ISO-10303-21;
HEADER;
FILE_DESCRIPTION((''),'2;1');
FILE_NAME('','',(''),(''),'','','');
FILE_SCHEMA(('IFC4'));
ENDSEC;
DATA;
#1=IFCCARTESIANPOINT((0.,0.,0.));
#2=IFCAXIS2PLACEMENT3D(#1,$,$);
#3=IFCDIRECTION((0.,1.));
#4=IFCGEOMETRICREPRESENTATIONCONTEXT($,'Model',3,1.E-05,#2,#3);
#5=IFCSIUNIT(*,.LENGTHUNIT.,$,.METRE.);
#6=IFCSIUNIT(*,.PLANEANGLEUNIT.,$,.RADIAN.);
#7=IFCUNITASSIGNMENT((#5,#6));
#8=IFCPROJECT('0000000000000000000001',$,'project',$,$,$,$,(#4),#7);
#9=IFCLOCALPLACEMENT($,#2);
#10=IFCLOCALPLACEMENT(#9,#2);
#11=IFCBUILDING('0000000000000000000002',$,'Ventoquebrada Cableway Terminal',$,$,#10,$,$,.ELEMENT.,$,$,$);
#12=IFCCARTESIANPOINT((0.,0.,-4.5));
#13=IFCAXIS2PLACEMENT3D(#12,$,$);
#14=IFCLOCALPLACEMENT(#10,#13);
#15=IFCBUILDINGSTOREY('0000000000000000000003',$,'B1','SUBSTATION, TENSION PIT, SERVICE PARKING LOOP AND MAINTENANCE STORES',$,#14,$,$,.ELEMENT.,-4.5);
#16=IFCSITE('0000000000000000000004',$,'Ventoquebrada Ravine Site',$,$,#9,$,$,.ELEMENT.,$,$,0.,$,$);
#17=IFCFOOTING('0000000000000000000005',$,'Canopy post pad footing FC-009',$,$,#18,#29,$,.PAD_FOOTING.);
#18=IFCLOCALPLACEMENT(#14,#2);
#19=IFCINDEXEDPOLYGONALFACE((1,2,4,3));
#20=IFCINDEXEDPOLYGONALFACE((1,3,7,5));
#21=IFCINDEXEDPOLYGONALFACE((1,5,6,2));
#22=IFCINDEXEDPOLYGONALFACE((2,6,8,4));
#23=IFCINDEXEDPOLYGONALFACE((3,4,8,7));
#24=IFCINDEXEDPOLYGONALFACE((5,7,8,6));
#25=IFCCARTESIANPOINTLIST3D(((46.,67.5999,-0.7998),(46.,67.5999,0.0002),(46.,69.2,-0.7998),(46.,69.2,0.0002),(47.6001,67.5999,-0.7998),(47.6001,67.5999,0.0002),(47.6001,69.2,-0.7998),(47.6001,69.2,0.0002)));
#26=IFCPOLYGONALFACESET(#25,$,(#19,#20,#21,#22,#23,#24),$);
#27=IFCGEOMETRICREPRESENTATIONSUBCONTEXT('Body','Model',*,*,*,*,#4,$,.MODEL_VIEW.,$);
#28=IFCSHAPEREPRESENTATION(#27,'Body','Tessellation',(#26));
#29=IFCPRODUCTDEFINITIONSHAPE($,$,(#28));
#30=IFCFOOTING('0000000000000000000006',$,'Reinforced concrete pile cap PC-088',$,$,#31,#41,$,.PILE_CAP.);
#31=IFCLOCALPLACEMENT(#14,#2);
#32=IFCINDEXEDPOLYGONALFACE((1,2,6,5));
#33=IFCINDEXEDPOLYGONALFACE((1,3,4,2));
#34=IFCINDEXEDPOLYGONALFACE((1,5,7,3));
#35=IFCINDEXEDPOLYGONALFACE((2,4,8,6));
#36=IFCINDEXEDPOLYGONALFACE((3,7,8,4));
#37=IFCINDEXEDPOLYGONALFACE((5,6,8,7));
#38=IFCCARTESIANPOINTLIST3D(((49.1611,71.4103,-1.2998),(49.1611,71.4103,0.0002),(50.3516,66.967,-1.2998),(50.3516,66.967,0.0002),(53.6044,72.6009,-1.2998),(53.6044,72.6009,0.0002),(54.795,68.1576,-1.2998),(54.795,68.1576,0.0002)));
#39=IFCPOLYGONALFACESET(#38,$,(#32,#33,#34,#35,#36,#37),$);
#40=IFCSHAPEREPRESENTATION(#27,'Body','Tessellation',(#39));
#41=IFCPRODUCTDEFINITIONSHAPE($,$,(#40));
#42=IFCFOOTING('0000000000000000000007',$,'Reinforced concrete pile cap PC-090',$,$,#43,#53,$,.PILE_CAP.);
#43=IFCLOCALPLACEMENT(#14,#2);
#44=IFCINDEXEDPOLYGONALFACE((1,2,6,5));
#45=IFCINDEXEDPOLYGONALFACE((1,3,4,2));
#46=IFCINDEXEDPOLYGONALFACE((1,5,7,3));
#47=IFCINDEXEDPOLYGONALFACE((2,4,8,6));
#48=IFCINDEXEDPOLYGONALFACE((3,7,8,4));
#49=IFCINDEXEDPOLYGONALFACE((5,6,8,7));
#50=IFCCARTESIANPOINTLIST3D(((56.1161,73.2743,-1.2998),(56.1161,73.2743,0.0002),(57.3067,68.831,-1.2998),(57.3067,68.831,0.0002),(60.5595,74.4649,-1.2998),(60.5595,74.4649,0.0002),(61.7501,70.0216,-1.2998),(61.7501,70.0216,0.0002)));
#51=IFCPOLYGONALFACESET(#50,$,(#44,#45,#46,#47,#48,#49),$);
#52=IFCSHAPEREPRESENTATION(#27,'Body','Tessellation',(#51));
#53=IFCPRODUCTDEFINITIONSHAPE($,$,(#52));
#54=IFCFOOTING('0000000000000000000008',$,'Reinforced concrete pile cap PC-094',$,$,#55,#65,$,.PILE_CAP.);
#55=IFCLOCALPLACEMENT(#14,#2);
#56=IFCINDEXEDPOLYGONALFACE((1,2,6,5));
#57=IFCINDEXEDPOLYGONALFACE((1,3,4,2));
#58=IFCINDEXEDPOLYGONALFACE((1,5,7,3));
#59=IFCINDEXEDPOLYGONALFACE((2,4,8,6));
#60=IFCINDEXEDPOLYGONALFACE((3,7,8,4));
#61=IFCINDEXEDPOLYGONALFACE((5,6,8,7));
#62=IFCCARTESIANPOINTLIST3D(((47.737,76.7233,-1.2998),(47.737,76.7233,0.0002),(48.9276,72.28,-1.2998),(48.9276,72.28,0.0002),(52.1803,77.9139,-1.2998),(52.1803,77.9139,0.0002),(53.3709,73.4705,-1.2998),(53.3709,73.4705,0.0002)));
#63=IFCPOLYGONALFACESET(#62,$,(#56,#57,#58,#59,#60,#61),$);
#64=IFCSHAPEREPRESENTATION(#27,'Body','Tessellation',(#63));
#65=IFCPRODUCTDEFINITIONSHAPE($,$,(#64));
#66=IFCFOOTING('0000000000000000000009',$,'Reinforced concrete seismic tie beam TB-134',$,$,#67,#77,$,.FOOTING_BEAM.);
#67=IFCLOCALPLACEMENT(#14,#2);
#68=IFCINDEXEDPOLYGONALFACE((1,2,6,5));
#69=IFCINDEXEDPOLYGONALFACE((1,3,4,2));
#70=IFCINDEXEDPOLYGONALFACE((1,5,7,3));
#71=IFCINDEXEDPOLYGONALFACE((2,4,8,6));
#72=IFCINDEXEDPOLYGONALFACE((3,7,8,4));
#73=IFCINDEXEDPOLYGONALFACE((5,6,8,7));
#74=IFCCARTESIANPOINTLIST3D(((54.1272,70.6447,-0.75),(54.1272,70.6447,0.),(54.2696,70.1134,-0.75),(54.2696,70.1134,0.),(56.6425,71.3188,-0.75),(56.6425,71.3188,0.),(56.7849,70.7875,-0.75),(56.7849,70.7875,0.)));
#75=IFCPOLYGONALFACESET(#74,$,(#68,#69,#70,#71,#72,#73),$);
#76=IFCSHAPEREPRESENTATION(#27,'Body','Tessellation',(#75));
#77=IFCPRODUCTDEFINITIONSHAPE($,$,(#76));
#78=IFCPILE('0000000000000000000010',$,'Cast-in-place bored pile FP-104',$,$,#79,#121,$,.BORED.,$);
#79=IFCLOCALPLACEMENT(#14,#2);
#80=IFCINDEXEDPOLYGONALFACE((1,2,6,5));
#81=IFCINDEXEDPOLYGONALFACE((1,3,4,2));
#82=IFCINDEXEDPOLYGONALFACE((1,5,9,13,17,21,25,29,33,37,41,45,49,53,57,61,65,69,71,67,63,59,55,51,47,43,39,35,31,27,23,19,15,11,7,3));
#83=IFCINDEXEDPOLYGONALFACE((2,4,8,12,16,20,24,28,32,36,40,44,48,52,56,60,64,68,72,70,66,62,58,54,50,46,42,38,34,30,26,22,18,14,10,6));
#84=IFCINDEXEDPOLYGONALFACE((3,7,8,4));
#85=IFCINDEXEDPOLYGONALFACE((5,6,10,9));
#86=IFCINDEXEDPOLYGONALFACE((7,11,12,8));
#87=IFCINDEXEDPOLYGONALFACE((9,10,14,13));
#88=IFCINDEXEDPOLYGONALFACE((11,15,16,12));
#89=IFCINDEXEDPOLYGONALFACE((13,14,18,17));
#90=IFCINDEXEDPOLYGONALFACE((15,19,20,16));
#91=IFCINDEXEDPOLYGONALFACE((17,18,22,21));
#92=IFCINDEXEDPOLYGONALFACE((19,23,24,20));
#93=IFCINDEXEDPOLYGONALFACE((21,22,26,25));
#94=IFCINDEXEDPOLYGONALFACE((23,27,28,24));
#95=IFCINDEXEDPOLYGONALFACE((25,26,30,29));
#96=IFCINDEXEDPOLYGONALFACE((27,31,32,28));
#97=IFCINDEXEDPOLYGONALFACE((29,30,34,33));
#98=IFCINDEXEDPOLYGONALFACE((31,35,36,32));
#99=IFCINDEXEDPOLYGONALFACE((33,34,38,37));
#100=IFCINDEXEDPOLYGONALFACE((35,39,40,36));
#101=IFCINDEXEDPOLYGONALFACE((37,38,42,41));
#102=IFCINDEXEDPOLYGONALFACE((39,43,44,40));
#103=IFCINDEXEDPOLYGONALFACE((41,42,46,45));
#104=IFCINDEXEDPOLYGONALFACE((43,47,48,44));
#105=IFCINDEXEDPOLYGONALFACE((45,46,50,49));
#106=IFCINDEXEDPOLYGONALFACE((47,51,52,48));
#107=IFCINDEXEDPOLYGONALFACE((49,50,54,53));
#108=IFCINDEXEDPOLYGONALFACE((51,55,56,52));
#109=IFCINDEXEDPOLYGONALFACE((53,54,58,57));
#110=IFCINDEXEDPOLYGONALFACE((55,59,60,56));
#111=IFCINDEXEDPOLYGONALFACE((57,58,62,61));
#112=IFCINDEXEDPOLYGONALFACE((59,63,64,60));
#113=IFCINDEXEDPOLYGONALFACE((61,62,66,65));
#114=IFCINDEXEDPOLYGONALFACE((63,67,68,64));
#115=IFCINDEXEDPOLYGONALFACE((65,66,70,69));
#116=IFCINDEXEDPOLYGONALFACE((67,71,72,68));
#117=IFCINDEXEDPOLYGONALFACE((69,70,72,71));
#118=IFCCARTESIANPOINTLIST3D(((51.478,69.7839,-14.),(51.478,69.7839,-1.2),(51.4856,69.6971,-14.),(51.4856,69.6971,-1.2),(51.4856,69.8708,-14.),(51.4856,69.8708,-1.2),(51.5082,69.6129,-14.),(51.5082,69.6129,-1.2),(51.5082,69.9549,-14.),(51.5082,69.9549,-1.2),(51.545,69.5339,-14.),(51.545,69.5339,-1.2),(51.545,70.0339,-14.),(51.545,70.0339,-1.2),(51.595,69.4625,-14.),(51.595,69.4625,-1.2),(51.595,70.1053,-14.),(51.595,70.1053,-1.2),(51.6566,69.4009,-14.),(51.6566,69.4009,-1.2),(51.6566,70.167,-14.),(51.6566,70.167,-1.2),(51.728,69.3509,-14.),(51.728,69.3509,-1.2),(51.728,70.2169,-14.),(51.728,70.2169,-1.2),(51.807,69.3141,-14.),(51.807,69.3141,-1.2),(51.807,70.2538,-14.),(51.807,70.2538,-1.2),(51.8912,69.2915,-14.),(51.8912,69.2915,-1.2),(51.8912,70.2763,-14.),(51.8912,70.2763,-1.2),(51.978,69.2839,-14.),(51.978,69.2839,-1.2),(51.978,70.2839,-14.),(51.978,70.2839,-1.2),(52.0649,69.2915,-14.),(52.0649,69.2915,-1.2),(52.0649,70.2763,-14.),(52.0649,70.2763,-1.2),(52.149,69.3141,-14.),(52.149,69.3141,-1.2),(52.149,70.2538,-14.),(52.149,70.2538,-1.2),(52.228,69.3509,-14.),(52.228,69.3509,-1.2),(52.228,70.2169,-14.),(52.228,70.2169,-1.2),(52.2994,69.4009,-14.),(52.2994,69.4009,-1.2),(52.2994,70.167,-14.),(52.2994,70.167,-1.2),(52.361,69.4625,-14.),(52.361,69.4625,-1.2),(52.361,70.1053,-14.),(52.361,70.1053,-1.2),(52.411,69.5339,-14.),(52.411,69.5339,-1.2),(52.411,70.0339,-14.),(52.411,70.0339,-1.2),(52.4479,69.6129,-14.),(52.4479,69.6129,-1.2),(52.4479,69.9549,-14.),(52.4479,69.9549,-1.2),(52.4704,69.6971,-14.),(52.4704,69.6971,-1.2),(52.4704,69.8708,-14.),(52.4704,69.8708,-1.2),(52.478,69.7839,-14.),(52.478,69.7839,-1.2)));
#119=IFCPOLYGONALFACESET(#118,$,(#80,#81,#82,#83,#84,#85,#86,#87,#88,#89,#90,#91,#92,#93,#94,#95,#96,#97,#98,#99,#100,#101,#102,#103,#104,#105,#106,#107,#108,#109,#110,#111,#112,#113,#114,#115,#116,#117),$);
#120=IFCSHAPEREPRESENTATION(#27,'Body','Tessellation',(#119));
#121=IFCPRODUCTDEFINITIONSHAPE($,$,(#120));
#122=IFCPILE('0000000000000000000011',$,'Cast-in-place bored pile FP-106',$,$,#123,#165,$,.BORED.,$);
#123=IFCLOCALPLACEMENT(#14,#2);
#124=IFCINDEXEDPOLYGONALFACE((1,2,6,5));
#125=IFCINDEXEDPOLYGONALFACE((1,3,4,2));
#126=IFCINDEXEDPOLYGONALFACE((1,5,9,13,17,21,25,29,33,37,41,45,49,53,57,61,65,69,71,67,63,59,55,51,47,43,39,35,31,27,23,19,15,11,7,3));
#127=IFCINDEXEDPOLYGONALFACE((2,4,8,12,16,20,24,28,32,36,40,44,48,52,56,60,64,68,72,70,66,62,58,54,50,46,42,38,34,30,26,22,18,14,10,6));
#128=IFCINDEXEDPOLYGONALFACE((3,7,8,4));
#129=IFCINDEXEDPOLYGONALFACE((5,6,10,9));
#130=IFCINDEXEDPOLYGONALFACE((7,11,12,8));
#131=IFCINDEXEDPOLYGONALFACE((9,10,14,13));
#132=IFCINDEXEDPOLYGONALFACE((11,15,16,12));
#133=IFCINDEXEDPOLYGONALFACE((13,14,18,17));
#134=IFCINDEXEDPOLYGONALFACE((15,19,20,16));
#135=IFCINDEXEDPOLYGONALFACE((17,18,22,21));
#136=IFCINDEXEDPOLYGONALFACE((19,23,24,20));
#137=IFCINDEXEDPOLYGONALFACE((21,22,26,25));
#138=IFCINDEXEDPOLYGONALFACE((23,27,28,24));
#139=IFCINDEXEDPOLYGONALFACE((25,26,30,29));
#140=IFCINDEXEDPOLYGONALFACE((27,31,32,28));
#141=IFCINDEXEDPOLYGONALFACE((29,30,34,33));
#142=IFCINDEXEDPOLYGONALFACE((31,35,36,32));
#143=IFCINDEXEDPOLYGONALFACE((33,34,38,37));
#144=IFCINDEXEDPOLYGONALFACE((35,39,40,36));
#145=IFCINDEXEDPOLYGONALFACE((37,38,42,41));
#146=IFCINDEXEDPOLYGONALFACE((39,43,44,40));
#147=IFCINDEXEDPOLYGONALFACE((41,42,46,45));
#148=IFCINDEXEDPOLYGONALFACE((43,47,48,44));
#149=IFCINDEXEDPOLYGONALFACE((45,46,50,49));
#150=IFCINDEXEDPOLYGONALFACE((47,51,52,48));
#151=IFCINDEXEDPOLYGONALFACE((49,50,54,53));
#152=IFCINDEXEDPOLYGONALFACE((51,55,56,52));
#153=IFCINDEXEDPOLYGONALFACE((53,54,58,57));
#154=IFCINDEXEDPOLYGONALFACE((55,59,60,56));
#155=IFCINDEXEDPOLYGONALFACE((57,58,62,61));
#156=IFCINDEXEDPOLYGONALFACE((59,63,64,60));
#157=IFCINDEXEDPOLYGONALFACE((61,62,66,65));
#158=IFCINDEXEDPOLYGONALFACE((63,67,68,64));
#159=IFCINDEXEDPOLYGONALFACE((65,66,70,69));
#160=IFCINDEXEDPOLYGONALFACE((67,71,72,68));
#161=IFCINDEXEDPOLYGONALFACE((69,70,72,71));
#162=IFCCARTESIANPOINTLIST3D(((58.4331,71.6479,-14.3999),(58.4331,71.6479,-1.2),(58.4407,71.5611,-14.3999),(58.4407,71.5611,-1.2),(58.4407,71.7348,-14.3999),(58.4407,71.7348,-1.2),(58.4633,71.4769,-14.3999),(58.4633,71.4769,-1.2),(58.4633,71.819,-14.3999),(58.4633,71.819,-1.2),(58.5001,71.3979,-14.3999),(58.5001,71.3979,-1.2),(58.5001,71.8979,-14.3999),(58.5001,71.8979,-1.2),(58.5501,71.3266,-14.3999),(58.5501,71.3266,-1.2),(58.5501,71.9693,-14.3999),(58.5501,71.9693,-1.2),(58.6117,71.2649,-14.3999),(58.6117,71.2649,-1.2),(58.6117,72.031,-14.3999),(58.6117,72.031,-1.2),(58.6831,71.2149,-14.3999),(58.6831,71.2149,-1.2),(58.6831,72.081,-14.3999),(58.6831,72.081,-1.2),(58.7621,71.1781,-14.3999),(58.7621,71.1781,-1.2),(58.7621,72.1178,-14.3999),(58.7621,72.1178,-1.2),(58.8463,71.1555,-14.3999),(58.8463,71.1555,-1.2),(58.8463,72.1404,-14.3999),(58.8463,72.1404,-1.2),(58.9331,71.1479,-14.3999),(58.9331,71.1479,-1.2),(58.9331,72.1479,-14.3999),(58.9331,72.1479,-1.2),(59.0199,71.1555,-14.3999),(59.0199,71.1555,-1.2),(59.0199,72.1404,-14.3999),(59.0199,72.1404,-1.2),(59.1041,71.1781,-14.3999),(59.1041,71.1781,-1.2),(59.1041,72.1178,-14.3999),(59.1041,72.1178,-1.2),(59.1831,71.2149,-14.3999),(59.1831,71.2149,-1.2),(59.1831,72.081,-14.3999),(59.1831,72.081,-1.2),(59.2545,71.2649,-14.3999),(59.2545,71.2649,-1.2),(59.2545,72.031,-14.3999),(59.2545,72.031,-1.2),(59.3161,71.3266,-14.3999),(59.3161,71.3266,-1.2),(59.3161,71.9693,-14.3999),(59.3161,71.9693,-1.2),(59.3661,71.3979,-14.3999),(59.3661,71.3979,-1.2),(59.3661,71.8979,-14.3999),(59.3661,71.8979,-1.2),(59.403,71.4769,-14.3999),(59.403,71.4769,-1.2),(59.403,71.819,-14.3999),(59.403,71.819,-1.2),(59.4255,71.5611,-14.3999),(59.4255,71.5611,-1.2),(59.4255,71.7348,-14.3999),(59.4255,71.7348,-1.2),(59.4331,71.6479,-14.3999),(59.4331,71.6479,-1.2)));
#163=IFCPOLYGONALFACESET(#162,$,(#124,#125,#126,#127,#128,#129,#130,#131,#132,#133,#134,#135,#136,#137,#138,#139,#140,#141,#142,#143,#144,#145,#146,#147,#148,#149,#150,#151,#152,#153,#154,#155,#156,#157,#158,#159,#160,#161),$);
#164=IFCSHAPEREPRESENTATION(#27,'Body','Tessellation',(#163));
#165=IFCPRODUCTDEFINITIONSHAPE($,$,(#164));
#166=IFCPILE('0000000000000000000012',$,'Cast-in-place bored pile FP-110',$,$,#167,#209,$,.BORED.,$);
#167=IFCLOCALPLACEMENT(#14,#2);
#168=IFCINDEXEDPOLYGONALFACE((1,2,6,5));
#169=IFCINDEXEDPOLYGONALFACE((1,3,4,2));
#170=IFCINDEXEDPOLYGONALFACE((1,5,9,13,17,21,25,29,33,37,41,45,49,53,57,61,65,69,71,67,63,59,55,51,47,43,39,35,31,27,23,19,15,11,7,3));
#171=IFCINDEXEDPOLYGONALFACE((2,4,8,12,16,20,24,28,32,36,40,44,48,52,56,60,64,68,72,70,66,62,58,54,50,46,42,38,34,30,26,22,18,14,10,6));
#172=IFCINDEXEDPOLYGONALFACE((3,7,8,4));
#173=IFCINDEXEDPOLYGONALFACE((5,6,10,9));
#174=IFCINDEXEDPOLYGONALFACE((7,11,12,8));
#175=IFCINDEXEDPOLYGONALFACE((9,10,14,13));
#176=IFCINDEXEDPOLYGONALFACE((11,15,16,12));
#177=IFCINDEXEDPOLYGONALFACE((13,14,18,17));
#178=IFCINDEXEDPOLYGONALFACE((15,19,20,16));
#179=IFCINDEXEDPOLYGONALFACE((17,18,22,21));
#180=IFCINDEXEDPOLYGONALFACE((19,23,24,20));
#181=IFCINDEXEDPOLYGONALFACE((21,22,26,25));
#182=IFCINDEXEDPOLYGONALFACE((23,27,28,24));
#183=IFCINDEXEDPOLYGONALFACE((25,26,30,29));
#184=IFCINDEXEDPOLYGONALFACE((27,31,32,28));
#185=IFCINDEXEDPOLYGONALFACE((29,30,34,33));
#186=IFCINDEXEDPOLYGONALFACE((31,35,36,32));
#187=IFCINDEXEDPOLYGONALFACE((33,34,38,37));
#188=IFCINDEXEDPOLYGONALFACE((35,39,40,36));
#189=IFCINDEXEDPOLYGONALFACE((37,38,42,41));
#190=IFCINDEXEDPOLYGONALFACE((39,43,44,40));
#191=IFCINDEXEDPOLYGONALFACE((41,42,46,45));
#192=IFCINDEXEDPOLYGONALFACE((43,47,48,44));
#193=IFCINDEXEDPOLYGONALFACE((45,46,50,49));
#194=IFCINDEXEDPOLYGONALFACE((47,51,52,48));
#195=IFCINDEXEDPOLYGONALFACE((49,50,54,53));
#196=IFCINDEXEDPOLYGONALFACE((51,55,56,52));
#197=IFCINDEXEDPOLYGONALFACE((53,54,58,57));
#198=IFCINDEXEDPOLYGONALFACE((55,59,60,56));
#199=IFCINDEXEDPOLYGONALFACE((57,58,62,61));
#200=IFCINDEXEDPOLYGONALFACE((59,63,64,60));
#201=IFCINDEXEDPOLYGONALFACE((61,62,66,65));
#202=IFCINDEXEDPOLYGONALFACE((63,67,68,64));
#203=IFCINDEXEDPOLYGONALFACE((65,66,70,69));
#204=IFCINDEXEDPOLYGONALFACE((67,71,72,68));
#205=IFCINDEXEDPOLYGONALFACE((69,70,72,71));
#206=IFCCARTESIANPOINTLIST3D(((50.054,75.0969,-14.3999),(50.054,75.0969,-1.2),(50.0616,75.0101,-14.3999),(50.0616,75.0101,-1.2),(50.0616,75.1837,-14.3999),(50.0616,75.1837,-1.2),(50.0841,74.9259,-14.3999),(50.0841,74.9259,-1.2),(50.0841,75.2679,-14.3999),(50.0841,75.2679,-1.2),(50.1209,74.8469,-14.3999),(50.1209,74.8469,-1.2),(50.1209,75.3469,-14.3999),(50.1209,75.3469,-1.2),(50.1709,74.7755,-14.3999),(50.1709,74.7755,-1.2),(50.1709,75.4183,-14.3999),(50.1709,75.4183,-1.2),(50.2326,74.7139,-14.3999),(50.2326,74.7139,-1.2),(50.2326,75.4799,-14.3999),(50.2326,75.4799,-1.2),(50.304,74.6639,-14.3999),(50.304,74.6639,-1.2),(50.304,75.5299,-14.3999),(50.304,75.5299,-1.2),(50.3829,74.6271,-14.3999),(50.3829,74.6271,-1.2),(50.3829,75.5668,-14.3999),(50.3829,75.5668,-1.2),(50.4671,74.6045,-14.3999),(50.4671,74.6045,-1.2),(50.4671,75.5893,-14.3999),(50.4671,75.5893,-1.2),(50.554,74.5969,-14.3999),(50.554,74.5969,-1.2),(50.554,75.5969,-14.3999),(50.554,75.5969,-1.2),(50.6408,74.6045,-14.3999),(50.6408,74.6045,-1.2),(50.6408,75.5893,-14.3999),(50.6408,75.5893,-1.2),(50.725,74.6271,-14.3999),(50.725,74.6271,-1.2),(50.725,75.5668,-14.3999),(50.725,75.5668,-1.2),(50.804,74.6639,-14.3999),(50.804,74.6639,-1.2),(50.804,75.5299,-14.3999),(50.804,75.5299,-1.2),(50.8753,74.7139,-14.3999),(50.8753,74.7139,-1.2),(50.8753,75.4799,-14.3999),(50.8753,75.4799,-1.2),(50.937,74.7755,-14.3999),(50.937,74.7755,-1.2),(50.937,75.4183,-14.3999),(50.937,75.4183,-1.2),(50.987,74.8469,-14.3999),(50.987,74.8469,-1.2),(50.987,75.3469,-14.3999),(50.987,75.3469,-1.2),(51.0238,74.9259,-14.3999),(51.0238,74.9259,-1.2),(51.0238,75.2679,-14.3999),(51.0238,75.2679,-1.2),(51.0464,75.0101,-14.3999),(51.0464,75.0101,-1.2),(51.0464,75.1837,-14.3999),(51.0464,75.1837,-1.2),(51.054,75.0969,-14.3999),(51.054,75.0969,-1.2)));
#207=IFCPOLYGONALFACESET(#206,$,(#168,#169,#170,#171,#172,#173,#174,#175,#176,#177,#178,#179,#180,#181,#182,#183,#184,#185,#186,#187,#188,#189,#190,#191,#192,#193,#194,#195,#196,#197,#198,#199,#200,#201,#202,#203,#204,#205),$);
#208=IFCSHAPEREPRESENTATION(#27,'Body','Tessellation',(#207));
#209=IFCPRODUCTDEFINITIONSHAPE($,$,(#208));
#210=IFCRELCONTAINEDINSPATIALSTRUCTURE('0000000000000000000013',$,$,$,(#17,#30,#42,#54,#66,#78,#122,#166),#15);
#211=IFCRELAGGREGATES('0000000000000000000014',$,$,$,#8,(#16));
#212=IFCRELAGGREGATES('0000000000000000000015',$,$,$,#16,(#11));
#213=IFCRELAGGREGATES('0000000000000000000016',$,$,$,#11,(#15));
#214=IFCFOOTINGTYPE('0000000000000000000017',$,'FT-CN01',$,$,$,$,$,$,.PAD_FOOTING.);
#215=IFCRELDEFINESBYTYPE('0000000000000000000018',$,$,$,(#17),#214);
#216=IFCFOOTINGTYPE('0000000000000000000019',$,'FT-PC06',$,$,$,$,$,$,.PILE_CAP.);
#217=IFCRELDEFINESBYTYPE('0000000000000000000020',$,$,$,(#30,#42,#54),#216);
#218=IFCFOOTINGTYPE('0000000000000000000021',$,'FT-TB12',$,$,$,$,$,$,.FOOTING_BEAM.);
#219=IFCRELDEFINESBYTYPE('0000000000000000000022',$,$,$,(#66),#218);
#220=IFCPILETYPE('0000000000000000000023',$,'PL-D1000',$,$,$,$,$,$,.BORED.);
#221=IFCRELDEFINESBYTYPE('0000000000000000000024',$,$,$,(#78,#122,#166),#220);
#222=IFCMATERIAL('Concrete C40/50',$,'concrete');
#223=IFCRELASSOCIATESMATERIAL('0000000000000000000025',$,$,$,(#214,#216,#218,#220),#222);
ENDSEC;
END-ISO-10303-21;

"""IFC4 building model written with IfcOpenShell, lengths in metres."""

from ifc_helpers import new_model, si_unit, direction, frame, origin, origin_2d, place, context, subcontext, project, spatial, rectangle, circle, extrude, material, material_profile, profile_set, type_object, element, save


model = new_model("IFC4")

# Units and contexts
model_context = context("Model", 3, precision=1e-05, world=origin(), true_north=direction((0.0, 1.0)))
body_context = subcontext(model_context, "Body", "Model", "MODEL_VIEW")
ifc_project = project(units=[si_unit("LENGTHUNIT", "METRE"), si_unit("PLANEANGLEUNIT", "RADIAN")], contexts=[model_context])

# Site, building, storey
site_placement = place(None, origin())
site = spatial("IfcSite", under=ifc_project, at=site_placement, Name="Ventoquebrada Ravine Site", CompositionType="ELEMENT", RefElevation=0.0)
building_placement = place(site_placement, origin())
building = spatial("IfcBuilding", under=site, at=building_placement, Name="Ventoquebrada Cableway Terminal", CompositionType="ELEMENT")
storey_placement = place(building_placement, frame((0.0, 0.0, -4.5)))
storey = spatial("IfcBuildingStorey", under=building, at=storey_placement, Name="B1", Description="SUBSTATION, TENSION PIT, SERVICE PARKING LOOP AND MAINTENANCE STORES", CompositionType="ELEMENT", Elevation=-4.5)

# Footings
ifc_material_1 = material(Name="Concrete C40/50", Category="concrete")
footing_type_1 = type_object("IfcFootingType", Name="FT-CN01", PredefinedType="PAD_FOOTING", material=ifc_material_1)
footing_1_placement = place(storey_placement, frame((46.8, 68.3999, -0.7998), z_axis=(0.0, 0.0, 1.0), x_axis=(1.0, 0.0, 0.0)))
element("IfcFooting", 1, at=footing_1_placement, inside=storey, type_object=footing_type_1, Name="Canopy post pad footing FC-009", PredefinedType="PAD_FOOTING", context=body_context, shape_type="SweptSolid", body=[
    extrude(rectangle(XDim=1.6001, YDim=1.6001, at=origin_2d()), origin(), (0.0, 0.0, 1.0), 0.8),
])
footing_type_2 = type_object("IfcFootingType", Name="FT-PC06", PredefinedType="PILE_CAP", material=ifc_material_1)
for number, where, z_axis, x_axis, name in (
    (2, (51.978, 69.7839, -1.2998), (0.0, 0.0, 1.0), (0.965926, 0.258819, 0.0), "Reinforced concrete pile cap PC-088"),
    (3, (58.9331, 71.6479, -1.2998), (0.0, 0.0, 1.0), (0.965926, 0.258819, 0.0), "Reinforced concrete pile cap PC-090"),
    (4, (50.554, 75.0969, -1.2998), (0.0, 0.0, 1.0), (0.965926, 0.258819, 0.0), "Reinforced concrete pile cap PC-094"),
):
    element("IfcFooting", number, at=place(storey_placement, frame(where, z_axis=z_axis, x_axis=x_axis)), inside=storey, type_object=footing_type_2, Name=name, PredefinedType="PILE_CAP", context=body_context, shape_type="SweptSolid", body=[
        extrude(rectangle(XDim=4.6001, YDim=4.6001, at=origin_2d()), origin(), (0.0, 0.0, 1.0), 1.3),
    ])
footing_type_3 = type_object("IfcFootingType", Name="FT-TB12", PredefinedType="FOOTING_BEAM", material=ifc_material_1)
footing_2_placement = place(storey_placement, frame((55.4561, 70.7161, -0.75), z_axis=(0.0, 0.0, 1.0), x_axis=(0.965912, 0.25887, 0.0)))
element("IfcFooting", 5, at=footing_2_placement, inside=storey, type_object=footing_type_3, Name="Reinforced concrete seismic tie beam TB-134", PredefinedType="FOOTING_BEAM", context=body_context, shape_type="SweptSolid", body=[
    extrude(rectangle(XDim=2.604, YDim=0.55, at=origin_2d()), origin(), (0.0, 0.0, 1.0), 0.75),
])

# Piles
ifc_material_profile_1 = material_profile(ifc_material_1, circle(Radius=0.5, at=origin_2d()), Name="PILE-D1000")
ifc_profile_set_1 = profile_set([ifc_material_profile_1], Name="Concrete C40/50")
pile_type = type_object("IfcPileType", Name="PL-D1000", PredefinedType="BORED", material=ifc_profile_set_1)
pile_placement = place(storey_placement, frame((51.978, 69.7839, -1.2), z_axis=(0.0, 0.0, -1.0), x_axis=(1.0, 0.0, 0.0)))
element("IfcPile", 6, at=pile_placement, inside=storey, type_object=pile_type, Name="Cast-in-place bored pile FP-104", PredefinedType="BORED", context=body_context, shape_type="SweptSolid", body=[
    extrude(circle(Radius=0.5, at=origin_2d()), origin(), (0.0, 0.0, 1.0), 12.8),
])
for number, where, z_axis, x_axis, name in (
    (7, (58.9331, 71.6479, -1.2), (0.0, 0.0, -1.0), (1.0, 0.0, 0.0), "Cast-in-place bored pile FP-106"),
    (8, (50.554, 75.0969, -1.2), (0.0, 0.0, -1.0), (1.0, 0.0, 0.0), "Cast-in-place bored pile FP-110"),
):
    element("IfcPile", number, at=place(storey_placement, frame(where, z_axis=z_axis, x_axis=x_axis)), inside=storey, type_object=pile_type, Name=name, PredefinedType="BORED", context=body_context, shape_type="SweptSolid", body=[
        extrude(circle(Radius=0.5, at=origin_2d()), origin(), (0.0, 0.0, 1.0), 13.2),
    ])

save(model, "model.ifc")
